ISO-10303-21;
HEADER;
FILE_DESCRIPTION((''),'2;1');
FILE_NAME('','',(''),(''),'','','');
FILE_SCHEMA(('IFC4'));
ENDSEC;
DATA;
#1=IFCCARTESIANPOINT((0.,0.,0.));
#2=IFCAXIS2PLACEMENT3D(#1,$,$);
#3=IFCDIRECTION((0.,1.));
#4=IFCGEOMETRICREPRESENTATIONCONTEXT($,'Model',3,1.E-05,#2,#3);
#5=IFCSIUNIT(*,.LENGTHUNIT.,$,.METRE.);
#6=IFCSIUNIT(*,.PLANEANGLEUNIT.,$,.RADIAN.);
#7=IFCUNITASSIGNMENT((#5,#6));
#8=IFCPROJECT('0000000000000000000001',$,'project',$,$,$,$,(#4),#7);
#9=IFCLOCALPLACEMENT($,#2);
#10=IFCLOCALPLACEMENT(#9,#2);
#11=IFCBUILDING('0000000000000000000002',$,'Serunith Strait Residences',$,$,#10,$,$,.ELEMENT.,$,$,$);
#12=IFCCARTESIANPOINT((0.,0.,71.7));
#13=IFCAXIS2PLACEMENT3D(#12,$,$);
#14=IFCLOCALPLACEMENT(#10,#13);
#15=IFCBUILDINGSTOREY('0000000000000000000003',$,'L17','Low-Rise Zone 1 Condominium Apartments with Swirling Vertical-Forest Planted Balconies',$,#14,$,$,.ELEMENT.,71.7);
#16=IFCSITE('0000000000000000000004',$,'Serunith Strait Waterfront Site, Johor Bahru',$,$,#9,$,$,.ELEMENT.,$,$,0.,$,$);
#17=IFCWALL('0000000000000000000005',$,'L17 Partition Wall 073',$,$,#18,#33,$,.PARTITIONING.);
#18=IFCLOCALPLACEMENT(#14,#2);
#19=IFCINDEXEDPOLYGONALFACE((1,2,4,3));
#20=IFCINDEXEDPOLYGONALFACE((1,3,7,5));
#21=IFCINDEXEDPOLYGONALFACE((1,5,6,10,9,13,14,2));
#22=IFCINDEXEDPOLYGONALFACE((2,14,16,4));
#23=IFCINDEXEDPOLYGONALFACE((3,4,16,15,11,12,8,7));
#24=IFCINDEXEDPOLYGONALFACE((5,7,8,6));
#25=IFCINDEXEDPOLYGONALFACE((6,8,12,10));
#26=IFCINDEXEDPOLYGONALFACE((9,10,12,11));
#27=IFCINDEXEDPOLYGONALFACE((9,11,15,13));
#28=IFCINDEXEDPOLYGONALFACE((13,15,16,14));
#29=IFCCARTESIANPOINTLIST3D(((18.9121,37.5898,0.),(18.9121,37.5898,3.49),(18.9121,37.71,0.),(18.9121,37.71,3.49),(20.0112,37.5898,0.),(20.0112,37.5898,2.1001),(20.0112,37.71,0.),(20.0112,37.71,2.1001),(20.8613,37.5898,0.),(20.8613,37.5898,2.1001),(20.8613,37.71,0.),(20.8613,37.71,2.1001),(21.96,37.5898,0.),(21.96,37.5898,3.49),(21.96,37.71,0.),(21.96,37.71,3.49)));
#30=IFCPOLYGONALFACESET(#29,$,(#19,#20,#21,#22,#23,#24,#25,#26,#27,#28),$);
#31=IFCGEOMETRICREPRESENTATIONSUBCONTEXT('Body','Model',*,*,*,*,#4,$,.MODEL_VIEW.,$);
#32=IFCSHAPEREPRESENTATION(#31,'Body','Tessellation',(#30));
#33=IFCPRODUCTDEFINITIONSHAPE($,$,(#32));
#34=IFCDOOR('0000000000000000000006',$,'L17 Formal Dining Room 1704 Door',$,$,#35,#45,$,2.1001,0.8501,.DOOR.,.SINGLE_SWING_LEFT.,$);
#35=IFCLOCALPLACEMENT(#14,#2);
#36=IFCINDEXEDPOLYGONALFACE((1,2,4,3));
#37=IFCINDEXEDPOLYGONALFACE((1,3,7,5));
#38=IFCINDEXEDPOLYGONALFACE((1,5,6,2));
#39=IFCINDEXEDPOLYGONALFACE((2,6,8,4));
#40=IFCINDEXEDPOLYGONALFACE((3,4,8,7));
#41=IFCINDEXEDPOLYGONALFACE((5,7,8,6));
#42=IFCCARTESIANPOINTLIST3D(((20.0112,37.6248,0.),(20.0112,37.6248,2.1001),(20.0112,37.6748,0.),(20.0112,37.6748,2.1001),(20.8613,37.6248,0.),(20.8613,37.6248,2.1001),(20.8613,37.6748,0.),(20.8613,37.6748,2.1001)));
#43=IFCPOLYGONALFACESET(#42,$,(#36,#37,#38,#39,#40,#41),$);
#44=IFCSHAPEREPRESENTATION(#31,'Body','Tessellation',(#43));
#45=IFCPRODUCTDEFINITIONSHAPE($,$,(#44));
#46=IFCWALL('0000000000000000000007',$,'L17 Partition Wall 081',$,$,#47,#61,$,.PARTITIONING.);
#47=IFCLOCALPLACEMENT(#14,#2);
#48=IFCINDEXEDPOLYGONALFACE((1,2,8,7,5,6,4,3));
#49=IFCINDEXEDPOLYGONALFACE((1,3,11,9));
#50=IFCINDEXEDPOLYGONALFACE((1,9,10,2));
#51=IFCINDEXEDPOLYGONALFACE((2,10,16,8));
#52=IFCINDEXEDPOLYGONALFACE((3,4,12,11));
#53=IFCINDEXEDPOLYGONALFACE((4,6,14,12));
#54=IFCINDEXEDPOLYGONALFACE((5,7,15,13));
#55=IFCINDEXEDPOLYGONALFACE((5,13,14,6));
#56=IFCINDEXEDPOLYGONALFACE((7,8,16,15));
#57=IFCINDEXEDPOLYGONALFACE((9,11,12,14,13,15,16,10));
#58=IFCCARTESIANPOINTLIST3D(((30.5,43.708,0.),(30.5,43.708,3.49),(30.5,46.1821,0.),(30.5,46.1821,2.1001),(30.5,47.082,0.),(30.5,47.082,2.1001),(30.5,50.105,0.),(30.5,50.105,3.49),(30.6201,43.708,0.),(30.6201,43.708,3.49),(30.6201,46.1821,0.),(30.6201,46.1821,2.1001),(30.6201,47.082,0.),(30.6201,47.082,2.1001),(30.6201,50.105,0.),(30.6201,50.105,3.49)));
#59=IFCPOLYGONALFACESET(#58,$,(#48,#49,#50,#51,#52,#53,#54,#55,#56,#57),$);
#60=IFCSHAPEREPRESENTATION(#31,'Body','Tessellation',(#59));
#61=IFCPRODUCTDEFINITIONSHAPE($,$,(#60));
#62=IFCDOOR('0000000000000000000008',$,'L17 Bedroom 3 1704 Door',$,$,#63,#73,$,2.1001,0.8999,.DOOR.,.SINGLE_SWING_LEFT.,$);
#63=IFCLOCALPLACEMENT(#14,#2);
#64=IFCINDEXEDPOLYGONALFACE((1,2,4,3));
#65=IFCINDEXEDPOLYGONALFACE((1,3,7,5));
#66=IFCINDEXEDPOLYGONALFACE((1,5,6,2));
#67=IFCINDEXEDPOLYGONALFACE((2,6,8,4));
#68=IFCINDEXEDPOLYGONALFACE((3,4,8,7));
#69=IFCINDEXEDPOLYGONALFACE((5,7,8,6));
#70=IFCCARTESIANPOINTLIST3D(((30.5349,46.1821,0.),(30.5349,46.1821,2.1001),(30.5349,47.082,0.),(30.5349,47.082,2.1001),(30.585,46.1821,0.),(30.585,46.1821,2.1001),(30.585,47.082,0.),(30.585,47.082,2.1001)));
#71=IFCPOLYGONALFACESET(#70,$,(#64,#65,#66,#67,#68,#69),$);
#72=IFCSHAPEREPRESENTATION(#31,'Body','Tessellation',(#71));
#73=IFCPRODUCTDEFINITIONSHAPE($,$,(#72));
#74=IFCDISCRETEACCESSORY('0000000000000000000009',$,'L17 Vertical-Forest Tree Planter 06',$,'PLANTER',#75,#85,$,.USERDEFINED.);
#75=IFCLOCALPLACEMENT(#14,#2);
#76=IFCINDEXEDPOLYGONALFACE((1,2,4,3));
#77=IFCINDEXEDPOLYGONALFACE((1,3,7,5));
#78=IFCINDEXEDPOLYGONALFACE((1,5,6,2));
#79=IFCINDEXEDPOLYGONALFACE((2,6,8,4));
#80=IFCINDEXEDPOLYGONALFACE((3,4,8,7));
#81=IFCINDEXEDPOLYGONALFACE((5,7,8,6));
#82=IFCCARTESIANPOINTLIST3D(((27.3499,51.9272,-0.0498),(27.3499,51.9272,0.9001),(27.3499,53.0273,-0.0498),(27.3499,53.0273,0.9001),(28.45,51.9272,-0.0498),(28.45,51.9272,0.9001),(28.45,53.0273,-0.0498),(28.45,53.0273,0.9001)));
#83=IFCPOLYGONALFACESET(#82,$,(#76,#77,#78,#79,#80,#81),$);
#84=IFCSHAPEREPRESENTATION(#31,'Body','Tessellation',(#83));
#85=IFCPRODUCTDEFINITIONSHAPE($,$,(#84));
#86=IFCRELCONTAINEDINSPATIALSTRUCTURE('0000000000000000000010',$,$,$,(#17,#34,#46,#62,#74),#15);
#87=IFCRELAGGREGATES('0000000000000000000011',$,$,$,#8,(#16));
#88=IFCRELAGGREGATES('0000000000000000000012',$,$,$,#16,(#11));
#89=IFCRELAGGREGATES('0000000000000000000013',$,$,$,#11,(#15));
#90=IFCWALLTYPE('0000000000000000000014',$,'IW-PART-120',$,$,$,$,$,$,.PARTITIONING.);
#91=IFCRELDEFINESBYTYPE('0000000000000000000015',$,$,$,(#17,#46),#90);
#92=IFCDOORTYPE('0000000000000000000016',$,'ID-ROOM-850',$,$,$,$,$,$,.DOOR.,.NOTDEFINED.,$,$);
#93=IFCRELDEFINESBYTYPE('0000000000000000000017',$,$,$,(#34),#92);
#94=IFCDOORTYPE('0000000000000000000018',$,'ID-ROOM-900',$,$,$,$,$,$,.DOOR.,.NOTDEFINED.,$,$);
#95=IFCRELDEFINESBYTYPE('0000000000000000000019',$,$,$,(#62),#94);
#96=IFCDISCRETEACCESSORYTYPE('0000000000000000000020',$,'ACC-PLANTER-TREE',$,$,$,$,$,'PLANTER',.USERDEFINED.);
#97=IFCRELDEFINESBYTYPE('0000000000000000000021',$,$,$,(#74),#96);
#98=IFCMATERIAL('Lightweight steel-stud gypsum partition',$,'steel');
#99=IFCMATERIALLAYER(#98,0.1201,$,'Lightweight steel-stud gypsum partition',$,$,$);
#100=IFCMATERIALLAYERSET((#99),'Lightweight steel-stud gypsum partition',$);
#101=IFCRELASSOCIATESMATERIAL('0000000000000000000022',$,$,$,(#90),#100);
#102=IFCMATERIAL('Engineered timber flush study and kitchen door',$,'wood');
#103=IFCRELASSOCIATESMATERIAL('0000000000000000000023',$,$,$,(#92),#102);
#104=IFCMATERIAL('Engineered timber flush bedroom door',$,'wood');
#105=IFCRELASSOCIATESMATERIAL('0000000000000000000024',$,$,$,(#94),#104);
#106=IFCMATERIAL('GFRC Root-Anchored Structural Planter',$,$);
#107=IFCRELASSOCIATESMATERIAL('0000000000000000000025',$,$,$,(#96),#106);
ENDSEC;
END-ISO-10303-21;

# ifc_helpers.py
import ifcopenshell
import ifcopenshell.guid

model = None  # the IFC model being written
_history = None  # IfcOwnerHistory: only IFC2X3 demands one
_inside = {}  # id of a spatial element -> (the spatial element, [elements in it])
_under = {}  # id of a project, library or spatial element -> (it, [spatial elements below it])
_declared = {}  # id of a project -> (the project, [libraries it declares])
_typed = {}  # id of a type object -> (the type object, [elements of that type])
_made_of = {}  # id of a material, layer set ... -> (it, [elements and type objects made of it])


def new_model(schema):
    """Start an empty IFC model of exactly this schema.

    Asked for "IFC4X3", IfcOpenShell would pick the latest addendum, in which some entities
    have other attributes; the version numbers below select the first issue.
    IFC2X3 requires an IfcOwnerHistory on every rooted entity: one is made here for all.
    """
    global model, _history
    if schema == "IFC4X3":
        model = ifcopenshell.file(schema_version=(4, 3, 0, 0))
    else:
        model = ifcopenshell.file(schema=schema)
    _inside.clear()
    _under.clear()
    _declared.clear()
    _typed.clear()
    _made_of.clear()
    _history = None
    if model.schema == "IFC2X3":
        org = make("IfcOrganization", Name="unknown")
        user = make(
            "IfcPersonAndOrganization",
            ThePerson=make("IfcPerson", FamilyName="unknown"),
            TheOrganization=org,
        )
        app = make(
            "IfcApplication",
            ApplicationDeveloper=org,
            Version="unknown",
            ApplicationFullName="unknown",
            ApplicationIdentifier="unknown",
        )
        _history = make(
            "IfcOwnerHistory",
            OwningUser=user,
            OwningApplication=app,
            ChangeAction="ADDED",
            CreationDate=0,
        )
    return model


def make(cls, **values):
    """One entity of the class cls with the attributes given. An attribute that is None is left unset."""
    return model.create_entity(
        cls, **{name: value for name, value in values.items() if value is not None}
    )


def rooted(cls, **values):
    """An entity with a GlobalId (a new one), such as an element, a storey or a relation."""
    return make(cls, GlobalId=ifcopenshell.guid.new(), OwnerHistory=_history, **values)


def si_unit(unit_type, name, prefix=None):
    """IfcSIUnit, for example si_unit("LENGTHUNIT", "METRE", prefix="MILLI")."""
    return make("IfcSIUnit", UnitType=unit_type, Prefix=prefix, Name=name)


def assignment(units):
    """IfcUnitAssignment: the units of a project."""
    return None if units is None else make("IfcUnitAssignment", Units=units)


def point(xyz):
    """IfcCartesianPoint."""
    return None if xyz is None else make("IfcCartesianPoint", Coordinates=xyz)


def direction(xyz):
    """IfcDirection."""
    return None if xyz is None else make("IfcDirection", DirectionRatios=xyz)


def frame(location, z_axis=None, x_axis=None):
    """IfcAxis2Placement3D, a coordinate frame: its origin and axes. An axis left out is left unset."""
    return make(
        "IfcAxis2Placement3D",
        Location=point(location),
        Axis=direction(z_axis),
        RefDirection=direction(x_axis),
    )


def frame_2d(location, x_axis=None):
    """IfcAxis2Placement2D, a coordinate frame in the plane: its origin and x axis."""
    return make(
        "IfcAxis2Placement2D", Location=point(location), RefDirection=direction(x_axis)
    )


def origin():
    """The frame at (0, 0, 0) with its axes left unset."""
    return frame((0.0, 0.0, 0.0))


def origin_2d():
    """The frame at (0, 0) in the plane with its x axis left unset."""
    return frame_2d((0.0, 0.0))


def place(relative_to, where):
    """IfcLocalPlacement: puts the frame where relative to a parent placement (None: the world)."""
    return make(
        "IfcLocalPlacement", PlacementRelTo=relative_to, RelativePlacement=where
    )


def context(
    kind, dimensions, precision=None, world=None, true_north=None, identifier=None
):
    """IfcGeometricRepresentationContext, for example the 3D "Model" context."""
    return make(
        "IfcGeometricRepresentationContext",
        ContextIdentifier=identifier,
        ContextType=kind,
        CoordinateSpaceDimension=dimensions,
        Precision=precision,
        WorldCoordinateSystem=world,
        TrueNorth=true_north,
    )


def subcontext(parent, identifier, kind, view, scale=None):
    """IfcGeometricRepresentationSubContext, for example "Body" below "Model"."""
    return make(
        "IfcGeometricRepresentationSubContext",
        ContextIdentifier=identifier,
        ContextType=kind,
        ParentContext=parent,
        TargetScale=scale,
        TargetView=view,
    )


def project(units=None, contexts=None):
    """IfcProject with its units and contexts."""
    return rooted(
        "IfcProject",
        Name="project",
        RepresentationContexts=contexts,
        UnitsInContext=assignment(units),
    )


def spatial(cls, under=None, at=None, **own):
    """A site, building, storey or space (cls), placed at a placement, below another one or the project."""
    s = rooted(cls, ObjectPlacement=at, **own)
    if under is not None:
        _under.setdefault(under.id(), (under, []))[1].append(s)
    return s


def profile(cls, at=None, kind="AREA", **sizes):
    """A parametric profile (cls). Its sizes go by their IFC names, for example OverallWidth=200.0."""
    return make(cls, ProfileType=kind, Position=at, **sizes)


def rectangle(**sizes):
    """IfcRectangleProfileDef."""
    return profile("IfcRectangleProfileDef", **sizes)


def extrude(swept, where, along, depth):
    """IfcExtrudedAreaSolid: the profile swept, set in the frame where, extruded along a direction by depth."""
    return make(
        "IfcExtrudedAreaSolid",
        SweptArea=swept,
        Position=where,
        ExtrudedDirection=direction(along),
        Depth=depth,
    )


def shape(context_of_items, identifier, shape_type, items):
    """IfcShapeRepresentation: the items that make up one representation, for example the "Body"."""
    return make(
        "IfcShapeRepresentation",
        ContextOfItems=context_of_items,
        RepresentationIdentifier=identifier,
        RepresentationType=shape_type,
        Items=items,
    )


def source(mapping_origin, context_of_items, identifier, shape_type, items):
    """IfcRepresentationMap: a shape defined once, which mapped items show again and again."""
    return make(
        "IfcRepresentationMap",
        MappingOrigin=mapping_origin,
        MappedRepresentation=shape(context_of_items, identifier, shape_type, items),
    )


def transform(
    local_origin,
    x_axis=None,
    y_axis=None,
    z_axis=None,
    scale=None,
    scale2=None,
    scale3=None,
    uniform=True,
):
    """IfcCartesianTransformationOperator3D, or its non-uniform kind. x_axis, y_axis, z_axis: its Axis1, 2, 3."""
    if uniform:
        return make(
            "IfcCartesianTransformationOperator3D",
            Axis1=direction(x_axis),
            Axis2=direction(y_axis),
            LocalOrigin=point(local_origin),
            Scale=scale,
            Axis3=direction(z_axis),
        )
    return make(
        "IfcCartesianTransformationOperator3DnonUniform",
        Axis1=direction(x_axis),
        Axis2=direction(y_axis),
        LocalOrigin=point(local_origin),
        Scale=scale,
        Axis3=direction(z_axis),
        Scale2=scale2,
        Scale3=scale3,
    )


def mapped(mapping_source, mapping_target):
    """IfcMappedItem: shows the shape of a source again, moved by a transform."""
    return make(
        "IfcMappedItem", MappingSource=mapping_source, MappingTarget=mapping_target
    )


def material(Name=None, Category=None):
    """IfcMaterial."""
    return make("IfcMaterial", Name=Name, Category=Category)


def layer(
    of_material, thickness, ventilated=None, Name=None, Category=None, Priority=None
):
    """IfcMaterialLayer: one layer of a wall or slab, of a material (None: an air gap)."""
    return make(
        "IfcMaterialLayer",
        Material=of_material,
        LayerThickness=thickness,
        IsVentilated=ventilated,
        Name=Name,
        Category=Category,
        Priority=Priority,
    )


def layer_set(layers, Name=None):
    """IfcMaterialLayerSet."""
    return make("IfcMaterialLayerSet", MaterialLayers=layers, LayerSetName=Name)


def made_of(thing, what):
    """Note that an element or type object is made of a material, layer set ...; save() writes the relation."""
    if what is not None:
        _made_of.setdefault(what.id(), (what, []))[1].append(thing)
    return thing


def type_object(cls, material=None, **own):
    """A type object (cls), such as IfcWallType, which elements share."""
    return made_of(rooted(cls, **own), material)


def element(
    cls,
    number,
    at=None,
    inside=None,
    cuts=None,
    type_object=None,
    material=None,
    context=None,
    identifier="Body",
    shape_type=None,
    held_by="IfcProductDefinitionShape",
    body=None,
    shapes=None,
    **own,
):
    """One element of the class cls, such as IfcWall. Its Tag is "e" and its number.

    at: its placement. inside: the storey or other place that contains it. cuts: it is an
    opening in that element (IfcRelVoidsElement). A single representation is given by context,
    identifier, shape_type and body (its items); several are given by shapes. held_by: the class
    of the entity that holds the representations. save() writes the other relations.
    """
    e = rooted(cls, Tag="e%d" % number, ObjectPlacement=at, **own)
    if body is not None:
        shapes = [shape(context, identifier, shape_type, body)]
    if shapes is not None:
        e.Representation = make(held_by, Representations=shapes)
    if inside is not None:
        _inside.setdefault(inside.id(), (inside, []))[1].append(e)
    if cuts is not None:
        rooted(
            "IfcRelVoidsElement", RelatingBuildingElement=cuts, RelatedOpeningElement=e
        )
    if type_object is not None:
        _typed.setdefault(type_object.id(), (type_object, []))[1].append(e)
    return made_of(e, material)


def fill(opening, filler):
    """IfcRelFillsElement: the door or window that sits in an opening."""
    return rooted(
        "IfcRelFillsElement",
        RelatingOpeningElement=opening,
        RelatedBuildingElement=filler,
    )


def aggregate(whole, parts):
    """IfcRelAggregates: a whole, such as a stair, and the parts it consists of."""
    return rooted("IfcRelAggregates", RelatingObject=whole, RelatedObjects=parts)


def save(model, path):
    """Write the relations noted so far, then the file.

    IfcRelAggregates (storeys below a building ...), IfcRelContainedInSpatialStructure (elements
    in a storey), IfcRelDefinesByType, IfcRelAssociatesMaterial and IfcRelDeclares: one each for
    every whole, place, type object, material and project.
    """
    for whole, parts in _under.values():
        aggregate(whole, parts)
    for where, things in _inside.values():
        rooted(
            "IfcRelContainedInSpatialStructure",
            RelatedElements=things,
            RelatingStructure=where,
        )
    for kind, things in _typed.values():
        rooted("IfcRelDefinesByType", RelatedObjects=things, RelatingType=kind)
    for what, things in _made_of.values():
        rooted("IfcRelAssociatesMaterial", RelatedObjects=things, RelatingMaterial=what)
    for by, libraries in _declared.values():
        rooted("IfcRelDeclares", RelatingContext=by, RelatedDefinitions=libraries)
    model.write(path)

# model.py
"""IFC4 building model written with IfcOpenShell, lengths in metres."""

from ifc_helpers import new_model, si_unit, direction, frame, frame_2d, origin, origin_2d, place, context, subcontext, project, spatial, rectangle, extrude, source, transform, mapped, material, layer, layer_set, type_object, element, fill, save


model = new_model("IFC4")

# Units and contexts
model_context = context("Model", 3, precision=1e-05, world=origin(), true_north=direction((0.0, 1.0)))
body_context = subcontext(model_context, "Body", "Model", "MODEL_VIEW")
ifc_project = project(units=[si_unit("LENGTHUNIT", "METRE"), si_unit("PLANEANGLEUNIT", "RADIAN")], contexts=[model_context])

# Site, building, storey
site_placement = place(None, origin())
site = spatial("IfcSite", under=ifc_project, at=site_placement, Name="Serunith Strait Waterfront Site, Johor Bahru", CompositionType="ELEMENT", RefElevation=0.0)
building_placement = place(site_placement, origin())
building = spatial("IfcBuilding", under=site, at=building_placement, Name="Serunith Strait Residences", CompositionType="ELEMENT")
storey_placement = place(building_placement, frame((0.0, 0.0, 71.7)))
storey = spatial("IfcBuildingStorey", under=building, at=storey_placement, Name="L17", Description="Low-Rise Zone 1 Condominium Apartments with Swirling Vertical-Forest Planted Balconies", CompositionType="ELEMENT", Elevation=71.7)

# Shared definitions
ifc_material_1 = material(Name="Lightweight steel-stud gypsum partition", Category="steel")
ifc_layer_1 = layer(ifc_material_1, 0.1201, Name="Lightweight steel-stud gypsum partition")
ifc_layer_set_1 = layer_set([ifc_layer_1], Name="Lightweight steel-stud gypsum partition")
wall_type = type_object("IfcWallType", Name="IW-PART-120", PredefinedType="PARTITIONING", material=ifc_layer_set_1)
ifc_material_2 = material(Name="Engineered timber flush study and kitchen door", Category="wood")
door_type_1 = type_object("IfcDoorType", Name="ID-ROOM-850", OperationType="NOTDEFINED", PredefinedType="DOOR", material=ifc_material_2)
shared_shape_1 = source(origin(), body_context, "Body", "SweptSolid", [
    extrude(rectangle(XDim=0.8501, YDim=2.1001, at=frame_2d((0.425, 1.05))), frame((0.0, 0.0249, 0.0), z_axis=(0.0, -1.0, 0.0), x_axis=(1.0, 0.0, 0.0)), (0.0, 0.0, 1.0), 0.05),
])

# Shared definitions
ifc_material_3 = material(Name="Engineered timber flush bedroom door", Category="wood")
door_type_2 = type_object("IfcDoorType", Name="ID-ROOM-900", OperationType="NOTDEFINED", PredefinedType="DOOR", material=ifc_material_3)
shared_shape_2 = source(origin(), body_context, "Body", "SweptSolid", [
    extrude(rectangle(XDim=0.8999, YDim=2.1001, at=frame_2d((0.45, 1.05))), frame((0.0, 0.0249, 0.0), z_axis=(0.0, -1.0, 0.0), x_axis=(1.0, 0.0, 0.0)), (0.0, 0.0, 1.0), 0.05),
])

# Walls, openings, doors
wall_1_placement = place(storey_placement, frame((18.9121, 37.6499, 0.0), z_axis=(0.0, 0.0, 1.0), x_axis=(1.0, 0.0, 0.0)))
wall_1 = element("IfcWall", 1, at=wall_1_placement, inside=storey, type_object=wall_type, Name="L17 Partition Wall 073", PredefinedType="PARTITIONING", context=body_context, shape_type="SweptSolid", body=[
    extrude(rectangle(XDim=3.0479, YDim=0.1201, at=frame_2d((1.5239, 0.0))), origin(), (0.0, 0.0, 1.0), 3.49),
])
opening_1_placement = place(wall_1_placement, frame((1.0991, 0.0, 0.0)))
opening_1 = element("IfcOpeningElement", 2, at=opening_1_placement, cuts=wall_1, PredefinedType="OPENING", context=body_context, shape_type="SweptSolid", body=[
    extrude(rectangle(XDim=0.8501, YDim=2.1001, at=frame_2d((0.425, 1.05))), frame((0.0, 0.0701, 0.0), z_axis=(0.0, -1.0, 0.0), x_axis=(1.0, 0.0, 0.0)), (0.0, 0.0, 1.0), 0.1401),
])
door_1_placement = place(opening_1_placement, origin())
door_1 = element("IfcDoor", 3, at=door_1_placement, inside=storey, type_object=door_type_1, Name="L17 Formal Dining Room 1704 Door", OperationType="SINGLE_SWING_LEFT", OverallHeight=2.1001, OverallWidth=0.8501, PredefinedType="DOOR", context=body_context, shape_type="MappedRepresentation", body=[
    mapped(shared_shape_1, transform((0.0, 0.0, 0.0), scale=1.0)),
])
fill(opening_1, door_1)
wall_2_placement = place(storey_placement, frame((30.5601, 50.105, 0.0), z_axis=(0.0, 0.0, 1.0), x_axis=(0.0, -1.0, 0.0)))
wall_2 = element("IfcWall", 4, at=wall_2_placement, inside=storey, type_object=wall_type, Name="L17 Partition Wall 081", PredefinedType="PARTITIONING", context=body_context, shape_type="SweptSolid", body=[
    extrude(rectangle(XDim=6.397, YDim=0.1201, at=frame_2d((3.1985, 0.0))), origin(), (0.0, 0.0, 1.0), 3.49),
])
opening_2_placement = place(wall_2_placement, frame((3.0229, 0.0, 0.0)))
opening_2 = element("IfcOpeningElement", 5, at=opening_2_placement, cuts=wall_2, PredefinedType="OPENING", context=body_context, shape_type="SweptSolid", body=[
    extrude(rectangle(XDim=0.8999, YDim=2.1001, at=frame_2d((0.45, 1.05))), frame((0.0, 0.0701, 0.0), z_axis=(0.0, -1.0, 0.0), x_axis=(1.0, 0.0, 0.0)), (0.0, 0.0, 1.0), 0.1401),
])
door_2_placement = place(opening_2_placement, origin())
door_2 = element("IfcDoor", 6, at=door_2_placement, inside=storey, type_object=door_type_2, Name="L17 Bedroom 3 1704 Door", OperationType="SINGLE_SWING_LEFT", OverallHeight=2.1001, OverallWidth=0.8999, PredefinedType="DOOR", context=body_context, shape_type="MappedRepresentation", body=[
    mapped(shared_shape_2, transform((0.0, 0.0, 0.0), scale=1.0)),
])
fill(opening_2, door_2)

# Discrete accessory
ifc_material_4 = material(Name="GFRC Root-Anchored Structural Planter")
discrete_accessory_type = type_object("IfcDiscreteAccessoryType", Name="ACC-PLANTER-TREE", ElementType="PLANTER", PredefinedType="USERDEFINED", material=ifc_material_4)
shared_shape_3 = source(origin(), body_context, "Body", "SweptSolid", [
    extrude(rectangle(XDim=1.1001, YDim=1.1001, at=origin_2d()), origin(), (0.0, 0.0, 1.0), 0.95),
])
discrete_accessory_placement = place(storey_placement, frame((27.8999, 52.4773, -0.0498), z_axis=(0.0, 0.0, 1.0), x_axis=(-1.0, 0.0, 0.0)))
element("IfcDiscreteAccessory", 7, at=discrete_accessory_placement, inside=storey, type_object=discrete_accessory_type, Name="L17 Vertical-Forest Tree Planter 06", ObjectType="PLANTER", PredefinedType="USERDEFINED", context=body_context, shape_type="MappedRepresentation", body=[
    mapped(shared_shape_3, transform((0.0, 0.0, 0.0), scale=1.0)),
])

save(model, "model.ifc")
